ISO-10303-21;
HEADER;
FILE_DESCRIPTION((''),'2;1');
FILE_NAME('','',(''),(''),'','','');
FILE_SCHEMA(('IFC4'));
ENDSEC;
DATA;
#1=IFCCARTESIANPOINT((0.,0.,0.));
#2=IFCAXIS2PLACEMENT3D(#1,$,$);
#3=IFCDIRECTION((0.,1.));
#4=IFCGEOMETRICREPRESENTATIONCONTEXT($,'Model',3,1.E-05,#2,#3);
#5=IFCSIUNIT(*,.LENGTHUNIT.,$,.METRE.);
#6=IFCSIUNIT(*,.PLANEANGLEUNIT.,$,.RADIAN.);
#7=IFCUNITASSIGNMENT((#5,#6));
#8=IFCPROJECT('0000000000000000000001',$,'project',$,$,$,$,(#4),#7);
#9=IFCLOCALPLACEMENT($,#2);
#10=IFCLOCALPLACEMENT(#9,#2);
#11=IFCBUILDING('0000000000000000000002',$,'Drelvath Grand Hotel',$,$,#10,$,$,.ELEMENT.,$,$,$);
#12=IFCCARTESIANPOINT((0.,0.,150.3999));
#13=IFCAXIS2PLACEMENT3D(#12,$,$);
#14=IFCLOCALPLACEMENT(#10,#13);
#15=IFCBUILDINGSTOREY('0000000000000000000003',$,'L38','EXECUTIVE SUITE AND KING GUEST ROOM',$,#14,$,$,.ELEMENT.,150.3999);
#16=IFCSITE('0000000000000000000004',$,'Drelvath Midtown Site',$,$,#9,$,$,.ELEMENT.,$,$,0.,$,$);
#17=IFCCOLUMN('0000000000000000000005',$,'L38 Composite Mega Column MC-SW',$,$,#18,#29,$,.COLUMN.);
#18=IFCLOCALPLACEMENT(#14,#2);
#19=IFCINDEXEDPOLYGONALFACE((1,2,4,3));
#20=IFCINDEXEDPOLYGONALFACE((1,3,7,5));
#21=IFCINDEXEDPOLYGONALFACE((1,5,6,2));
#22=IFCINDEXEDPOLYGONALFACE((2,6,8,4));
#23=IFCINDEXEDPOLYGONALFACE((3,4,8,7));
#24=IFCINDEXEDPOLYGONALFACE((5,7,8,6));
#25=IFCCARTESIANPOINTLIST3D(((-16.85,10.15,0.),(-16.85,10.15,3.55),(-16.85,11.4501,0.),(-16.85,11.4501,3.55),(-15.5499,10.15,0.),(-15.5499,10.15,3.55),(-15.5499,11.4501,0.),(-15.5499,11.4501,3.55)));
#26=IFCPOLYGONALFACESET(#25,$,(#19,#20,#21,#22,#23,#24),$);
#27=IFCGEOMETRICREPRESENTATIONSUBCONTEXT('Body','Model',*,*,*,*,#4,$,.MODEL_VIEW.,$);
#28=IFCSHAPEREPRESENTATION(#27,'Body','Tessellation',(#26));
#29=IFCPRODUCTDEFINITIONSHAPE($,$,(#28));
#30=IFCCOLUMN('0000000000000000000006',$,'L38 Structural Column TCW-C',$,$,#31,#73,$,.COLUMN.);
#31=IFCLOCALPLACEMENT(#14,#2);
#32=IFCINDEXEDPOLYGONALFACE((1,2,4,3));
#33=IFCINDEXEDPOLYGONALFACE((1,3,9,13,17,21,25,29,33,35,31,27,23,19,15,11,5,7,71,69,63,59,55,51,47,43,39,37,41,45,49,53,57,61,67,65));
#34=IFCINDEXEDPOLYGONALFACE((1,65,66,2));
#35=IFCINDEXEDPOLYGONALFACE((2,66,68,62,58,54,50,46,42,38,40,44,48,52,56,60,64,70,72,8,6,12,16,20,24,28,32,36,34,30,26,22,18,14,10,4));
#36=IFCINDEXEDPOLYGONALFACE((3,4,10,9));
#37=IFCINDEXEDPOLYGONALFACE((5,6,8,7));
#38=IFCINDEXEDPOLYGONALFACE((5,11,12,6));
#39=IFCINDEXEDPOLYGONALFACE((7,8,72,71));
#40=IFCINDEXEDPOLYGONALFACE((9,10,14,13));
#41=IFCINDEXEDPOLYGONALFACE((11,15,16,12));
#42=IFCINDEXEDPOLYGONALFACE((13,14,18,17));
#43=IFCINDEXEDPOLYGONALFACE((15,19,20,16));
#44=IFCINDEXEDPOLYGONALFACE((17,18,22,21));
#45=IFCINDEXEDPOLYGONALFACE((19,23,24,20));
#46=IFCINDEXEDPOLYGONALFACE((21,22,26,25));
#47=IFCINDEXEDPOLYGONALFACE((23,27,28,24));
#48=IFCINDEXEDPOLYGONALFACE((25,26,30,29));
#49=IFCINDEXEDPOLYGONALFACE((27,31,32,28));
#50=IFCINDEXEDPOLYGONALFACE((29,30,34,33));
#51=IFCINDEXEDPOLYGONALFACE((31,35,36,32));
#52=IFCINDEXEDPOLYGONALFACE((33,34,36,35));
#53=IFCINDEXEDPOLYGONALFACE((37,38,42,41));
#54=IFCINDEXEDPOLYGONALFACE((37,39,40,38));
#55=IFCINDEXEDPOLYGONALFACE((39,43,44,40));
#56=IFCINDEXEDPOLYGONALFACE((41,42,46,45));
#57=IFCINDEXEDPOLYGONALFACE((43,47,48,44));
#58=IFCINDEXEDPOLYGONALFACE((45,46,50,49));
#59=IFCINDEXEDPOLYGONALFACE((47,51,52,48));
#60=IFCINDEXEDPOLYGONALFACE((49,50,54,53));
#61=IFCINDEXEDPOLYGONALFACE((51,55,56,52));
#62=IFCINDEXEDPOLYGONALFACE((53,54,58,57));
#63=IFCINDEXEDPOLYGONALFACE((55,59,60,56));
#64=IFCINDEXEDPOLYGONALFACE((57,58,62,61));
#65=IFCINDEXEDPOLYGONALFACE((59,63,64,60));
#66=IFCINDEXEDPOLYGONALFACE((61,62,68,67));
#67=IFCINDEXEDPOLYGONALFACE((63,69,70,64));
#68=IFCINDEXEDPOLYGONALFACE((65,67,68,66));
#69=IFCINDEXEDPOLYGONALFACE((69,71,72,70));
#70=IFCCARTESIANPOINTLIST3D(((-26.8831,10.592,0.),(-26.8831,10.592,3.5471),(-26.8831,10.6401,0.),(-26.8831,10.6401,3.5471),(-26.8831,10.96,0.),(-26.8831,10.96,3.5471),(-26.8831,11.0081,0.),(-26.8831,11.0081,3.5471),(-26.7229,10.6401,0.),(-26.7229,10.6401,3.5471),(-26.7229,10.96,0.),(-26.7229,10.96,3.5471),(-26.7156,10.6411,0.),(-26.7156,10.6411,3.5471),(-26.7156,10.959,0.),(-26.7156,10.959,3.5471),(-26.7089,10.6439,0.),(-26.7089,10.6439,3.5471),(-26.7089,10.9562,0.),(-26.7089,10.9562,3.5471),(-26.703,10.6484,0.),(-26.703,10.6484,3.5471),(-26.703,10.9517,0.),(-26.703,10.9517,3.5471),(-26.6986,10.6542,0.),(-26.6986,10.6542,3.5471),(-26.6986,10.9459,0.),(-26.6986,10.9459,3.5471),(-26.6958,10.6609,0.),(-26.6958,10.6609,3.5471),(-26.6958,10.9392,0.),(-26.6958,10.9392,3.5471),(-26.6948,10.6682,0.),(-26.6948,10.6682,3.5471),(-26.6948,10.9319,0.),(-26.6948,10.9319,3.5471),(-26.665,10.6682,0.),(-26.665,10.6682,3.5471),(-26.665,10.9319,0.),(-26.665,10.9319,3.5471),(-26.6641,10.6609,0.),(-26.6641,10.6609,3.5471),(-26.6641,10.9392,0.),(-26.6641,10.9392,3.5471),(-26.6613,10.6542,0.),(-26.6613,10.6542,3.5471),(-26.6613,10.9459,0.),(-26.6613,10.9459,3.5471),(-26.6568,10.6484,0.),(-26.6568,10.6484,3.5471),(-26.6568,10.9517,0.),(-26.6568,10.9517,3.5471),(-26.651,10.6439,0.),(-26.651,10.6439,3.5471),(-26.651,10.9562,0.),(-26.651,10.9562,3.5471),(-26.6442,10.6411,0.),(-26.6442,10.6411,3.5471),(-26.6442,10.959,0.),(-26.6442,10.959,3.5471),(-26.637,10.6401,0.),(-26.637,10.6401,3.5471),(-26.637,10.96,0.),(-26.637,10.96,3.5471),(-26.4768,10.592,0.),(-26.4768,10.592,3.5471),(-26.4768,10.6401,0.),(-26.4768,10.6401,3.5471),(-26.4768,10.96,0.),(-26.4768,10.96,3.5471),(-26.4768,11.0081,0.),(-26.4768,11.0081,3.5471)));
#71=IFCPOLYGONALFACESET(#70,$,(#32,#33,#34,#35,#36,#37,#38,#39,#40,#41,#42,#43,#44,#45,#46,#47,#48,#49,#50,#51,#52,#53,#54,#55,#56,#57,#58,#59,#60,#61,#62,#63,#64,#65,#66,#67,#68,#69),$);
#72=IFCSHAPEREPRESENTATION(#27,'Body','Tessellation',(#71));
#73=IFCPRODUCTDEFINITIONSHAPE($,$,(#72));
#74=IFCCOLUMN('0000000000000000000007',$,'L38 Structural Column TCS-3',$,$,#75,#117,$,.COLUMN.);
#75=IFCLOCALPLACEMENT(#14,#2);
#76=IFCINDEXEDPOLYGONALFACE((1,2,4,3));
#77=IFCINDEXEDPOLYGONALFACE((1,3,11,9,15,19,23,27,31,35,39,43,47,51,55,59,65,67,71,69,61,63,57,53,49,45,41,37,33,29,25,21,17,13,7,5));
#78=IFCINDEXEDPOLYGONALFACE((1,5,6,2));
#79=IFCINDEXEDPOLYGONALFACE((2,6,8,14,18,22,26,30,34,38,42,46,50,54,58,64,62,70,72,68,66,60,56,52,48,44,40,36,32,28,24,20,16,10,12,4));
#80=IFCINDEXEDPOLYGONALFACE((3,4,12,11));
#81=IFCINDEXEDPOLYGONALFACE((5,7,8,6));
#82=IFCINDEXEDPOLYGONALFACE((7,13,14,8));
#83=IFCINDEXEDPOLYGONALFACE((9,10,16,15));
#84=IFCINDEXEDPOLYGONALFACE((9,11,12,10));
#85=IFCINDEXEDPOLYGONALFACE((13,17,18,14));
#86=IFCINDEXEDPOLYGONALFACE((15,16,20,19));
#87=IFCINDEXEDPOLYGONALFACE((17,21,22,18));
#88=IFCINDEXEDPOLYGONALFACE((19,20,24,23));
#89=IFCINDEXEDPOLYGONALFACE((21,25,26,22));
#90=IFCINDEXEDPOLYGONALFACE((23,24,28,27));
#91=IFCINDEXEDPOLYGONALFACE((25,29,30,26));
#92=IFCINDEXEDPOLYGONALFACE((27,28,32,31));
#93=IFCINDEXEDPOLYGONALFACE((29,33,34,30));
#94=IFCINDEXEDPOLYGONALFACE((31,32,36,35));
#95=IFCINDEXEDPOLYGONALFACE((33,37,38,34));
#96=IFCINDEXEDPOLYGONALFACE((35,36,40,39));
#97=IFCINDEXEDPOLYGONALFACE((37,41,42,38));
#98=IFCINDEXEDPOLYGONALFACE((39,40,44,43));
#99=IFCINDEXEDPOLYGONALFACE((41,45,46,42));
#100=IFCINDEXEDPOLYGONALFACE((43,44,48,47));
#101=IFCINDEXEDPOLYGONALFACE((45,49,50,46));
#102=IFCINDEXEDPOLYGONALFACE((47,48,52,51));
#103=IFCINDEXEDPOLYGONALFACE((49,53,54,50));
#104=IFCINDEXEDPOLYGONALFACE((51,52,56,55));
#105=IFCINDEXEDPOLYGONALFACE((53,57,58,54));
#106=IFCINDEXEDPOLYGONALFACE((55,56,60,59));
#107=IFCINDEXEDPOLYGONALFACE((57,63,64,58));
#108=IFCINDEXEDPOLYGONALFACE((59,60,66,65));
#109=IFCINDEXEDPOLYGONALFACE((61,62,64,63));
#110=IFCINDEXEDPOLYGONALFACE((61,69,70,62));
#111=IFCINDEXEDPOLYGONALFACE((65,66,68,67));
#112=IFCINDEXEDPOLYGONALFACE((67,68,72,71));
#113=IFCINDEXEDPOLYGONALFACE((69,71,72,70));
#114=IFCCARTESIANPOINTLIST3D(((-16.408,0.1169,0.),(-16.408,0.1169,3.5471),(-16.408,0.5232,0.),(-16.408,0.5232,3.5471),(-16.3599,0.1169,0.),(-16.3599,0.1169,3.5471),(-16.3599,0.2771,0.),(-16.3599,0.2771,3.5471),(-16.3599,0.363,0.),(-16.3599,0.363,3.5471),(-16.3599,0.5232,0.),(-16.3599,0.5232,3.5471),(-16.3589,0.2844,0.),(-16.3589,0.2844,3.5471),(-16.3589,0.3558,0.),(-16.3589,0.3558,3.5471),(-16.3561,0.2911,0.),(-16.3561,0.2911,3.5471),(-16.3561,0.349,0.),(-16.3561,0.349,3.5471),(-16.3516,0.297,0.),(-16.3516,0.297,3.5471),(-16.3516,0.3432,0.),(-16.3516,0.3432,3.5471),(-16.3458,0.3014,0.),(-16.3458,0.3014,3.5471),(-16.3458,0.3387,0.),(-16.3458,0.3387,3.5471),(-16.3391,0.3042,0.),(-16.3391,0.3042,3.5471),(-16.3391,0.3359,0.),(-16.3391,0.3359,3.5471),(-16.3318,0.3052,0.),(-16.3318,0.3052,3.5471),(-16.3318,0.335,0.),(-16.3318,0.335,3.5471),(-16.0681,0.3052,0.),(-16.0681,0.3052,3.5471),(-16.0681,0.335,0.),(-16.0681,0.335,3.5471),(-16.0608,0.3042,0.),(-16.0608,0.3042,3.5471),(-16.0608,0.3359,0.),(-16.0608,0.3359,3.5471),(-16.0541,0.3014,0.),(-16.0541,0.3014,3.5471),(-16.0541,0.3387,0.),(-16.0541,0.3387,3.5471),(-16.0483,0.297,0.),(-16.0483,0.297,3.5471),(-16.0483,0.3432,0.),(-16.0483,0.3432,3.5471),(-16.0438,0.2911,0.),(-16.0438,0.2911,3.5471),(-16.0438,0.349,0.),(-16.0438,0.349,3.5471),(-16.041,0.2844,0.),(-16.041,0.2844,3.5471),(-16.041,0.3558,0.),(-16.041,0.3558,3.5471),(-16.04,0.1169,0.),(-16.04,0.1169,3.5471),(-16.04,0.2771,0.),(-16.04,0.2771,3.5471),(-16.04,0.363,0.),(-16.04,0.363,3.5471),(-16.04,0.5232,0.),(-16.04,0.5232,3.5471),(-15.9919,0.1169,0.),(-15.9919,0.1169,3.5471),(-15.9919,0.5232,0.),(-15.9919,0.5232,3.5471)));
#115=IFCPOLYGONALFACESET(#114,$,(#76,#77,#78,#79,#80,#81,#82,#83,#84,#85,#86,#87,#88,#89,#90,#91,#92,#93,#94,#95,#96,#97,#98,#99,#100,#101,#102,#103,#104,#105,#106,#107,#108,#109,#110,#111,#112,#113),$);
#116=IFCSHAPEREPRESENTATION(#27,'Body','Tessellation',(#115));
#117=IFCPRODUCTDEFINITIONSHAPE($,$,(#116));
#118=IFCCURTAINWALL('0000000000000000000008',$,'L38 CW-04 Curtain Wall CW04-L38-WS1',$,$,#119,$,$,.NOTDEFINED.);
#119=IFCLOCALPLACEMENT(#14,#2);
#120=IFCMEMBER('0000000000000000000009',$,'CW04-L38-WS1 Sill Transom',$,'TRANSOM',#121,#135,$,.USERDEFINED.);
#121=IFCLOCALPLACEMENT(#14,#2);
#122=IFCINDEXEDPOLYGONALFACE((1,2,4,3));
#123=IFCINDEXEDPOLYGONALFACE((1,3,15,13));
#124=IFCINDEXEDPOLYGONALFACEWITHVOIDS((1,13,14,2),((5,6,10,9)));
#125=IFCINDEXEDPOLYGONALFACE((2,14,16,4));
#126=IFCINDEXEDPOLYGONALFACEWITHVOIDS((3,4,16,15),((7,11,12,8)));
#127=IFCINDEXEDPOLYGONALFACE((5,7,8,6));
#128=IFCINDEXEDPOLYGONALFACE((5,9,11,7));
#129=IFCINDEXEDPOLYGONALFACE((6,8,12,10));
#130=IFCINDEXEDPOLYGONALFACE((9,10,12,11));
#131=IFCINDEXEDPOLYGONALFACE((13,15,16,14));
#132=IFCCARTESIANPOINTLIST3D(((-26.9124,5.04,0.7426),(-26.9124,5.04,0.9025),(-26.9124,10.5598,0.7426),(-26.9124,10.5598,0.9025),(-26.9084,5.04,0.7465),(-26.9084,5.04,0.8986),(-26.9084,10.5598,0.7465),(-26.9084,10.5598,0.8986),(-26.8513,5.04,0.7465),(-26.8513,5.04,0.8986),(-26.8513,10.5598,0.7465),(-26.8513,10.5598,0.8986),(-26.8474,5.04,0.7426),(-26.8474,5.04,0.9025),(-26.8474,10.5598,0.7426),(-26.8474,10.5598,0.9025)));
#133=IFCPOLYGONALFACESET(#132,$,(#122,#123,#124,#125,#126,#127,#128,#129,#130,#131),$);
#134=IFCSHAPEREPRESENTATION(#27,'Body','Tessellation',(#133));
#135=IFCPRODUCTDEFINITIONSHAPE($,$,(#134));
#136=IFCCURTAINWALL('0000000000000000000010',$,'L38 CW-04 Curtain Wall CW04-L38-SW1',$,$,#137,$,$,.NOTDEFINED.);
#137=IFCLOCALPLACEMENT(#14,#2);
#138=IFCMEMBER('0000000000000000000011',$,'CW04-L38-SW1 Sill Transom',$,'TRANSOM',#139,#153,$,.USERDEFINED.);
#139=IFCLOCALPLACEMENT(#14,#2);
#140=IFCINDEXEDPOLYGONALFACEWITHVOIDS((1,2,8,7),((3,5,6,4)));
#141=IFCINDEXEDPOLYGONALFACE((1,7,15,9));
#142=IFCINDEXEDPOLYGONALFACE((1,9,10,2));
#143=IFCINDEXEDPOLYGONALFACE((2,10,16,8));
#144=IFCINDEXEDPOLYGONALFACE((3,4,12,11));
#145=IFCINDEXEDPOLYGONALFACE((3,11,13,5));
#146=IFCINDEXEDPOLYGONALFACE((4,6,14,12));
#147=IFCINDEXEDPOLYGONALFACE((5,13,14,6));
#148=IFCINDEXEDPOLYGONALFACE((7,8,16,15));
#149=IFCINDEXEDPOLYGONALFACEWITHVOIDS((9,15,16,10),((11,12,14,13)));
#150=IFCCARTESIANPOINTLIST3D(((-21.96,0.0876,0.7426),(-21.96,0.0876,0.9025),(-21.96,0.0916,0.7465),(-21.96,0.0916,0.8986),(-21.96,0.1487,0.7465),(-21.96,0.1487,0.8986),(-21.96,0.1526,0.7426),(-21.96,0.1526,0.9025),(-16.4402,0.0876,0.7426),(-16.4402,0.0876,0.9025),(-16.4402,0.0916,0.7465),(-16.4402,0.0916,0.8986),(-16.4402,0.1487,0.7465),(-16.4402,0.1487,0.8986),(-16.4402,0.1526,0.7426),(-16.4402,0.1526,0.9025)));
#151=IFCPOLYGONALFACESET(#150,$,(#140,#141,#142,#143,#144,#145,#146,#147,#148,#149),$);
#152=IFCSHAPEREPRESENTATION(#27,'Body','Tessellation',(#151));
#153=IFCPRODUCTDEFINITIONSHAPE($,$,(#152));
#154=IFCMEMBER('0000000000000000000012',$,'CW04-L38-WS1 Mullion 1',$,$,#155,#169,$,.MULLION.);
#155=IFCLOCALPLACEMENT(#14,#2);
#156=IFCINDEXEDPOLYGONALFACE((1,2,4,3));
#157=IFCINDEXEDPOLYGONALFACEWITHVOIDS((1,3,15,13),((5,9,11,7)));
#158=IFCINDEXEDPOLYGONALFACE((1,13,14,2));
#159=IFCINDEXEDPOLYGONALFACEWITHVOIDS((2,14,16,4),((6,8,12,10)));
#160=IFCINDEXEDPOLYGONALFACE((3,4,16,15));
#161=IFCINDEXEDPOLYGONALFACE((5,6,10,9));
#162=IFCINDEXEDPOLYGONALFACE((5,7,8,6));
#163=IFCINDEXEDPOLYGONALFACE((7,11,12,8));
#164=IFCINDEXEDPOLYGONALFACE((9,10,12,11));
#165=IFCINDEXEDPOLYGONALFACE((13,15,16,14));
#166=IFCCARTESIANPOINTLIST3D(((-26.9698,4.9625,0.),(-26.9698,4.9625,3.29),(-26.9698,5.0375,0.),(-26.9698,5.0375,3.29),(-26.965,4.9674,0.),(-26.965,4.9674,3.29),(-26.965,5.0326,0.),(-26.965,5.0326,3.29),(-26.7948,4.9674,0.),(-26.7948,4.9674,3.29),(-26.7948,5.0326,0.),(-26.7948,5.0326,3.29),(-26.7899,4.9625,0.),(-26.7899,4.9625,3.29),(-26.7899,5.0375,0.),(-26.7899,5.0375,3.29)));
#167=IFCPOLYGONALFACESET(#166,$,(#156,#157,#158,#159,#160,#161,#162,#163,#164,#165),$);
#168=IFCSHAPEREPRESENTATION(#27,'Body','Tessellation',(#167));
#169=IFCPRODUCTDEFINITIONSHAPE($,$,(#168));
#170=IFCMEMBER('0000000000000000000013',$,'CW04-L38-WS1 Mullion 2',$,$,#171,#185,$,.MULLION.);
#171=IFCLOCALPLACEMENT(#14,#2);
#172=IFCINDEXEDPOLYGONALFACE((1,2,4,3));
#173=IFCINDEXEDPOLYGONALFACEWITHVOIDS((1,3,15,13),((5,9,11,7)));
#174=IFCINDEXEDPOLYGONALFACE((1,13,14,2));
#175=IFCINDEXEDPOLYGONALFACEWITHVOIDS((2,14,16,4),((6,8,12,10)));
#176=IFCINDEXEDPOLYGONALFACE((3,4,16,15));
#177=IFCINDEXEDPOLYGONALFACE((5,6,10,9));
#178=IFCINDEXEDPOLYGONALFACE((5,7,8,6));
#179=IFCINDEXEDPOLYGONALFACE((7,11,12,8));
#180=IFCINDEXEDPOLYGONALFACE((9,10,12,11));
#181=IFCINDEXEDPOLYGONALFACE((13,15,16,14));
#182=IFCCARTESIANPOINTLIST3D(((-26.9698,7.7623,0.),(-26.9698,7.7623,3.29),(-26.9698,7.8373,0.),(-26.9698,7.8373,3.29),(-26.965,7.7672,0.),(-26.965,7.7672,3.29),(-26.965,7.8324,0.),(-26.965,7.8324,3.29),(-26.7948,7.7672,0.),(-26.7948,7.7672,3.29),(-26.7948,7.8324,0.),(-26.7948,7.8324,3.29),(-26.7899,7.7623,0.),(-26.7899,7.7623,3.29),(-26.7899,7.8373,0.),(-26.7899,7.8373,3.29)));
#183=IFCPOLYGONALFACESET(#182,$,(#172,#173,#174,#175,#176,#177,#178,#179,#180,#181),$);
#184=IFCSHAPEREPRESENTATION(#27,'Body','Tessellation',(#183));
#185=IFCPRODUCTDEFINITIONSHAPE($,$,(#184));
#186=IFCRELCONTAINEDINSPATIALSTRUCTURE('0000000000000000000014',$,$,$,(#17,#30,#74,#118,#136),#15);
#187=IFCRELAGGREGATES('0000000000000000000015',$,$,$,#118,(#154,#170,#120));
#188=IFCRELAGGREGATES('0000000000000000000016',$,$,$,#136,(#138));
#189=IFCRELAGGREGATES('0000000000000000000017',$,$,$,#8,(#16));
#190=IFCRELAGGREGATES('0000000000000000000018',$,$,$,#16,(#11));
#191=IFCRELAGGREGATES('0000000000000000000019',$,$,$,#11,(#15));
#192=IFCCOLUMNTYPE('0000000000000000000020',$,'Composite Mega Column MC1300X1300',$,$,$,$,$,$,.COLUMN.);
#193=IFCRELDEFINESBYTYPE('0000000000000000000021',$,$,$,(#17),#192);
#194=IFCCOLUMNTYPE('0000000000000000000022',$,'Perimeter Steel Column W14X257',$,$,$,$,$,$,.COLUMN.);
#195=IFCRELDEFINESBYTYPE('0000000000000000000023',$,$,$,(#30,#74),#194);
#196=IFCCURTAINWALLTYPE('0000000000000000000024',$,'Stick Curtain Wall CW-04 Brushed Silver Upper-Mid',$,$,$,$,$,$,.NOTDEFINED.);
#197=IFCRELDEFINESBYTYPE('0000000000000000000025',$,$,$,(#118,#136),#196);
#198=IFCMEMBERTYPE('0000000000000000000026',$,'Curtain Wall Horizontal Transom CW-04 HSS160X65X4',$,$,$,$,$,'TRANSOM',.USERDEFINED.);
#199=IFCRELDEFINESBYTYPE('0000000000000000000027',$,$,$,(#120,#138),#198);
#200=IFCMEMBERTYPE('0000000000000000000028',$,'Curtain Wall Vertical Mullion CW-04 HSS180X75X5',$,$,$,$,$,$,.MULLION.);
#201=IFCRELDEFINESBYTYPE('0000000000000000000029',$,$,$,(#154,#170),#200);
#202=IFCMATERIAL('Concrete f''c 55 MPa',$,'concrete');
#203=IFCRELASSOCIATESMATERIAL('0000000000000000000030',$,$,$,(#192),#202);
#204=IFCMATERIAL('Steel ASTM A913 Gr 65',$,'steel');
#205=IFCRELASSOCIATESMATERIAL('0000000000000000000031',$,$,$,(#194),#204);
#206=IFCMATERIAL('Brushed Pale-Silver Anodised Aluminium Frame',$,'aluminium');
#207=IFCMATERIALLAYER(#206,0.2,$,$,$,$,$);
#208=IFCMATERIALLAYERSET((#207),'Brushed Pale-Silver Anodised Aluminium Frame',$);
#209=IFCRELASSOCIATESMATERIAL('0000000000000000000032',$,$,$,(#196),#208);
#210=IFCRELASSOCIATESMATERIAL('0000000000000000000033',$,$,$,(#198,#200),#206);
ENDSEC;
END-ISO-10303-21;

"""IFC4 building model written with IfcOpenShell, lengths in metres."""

from ifc_helpers import new_model, si_unit, direction, frame, origin, origin_2d, place, context, subcontext, project, spatial, rectangle, hollow_rectangle, i_section, extrude, material, layer, layer_set, material_profile, profile_set, type_object, element, aggregate, save


model = new_model("IFC4")

# Units and contexts
model_context = context("Model", 3, precision=1e-05, world=origin(), true_north=direction((0.0, 1.0)))
body_context = subcontext(model_context, "Body", "Model", "MODEL_VIEW")
ifc_project = project(units=[si_unit("LENGTHUNIT", "METRE"), si_unit("PLANEANGLEUNIT", "RADIAN")], contexts=[model_context])

# Site, building, storey
site_placement = place(None, origin())
site = spatial("IfcSite", under=ifc_project, at=site_placement, Name="Drelvath Midtown Site", CompositionType="ELEMENT", RefElevation=0.0)
building_placement = place(site_placement, origin())
building = spatial("IfcBuilding", under=site, at=building_placement, Name="Drelvath Grand Hotel", CompositionType="ELEMENT")
storey_placement = place(building_placement, frame((0.0, 0.0, 150.3999)))
storey = spatial("IfcBuildingStorey", under=building, at=storey_placement, Name="L38", Description="EXECUTIVE SUITE AND KING GUEST ROOM", CompositionType="ELEMENT", Elevation=150.3999)

# Columns
ifc_material_1 = material(Name="Concrete f'c 55 MPa", Category="concrete")
ifc_material_profile_1 = material_profile(ifc_material_1, rectangle(XDim=1.3, YDim=1.3, at=origin_2d()), Name="MC1300X1300")
ifc_profile_set_1 = profile_set([ifc_material_profile_1], Name="Concrete f'c 55 MPa")
column_type_1 = type_object("IfcColumnType", Name="Composite Mega Column MC1300X1300", PredefinedType="COLUMN", material=ifc_profile_set_1)
column_placement = place(storey_placement, frame((-16.2, 10.8, 0.0), z_axis=(0.0, 0.0, 1.0), x_axis=(1.0, 0.0, 0.0)))
element("IfcColumn", 1, at=column_placement, inside=storey, type_object=column_type_1, Name="L38 Composite Mega Column MC-SW", PredefinedType="COLUMN", context=body_context, shape_type="SweptSolid", body=[
    extrude(rectangle(XDim=1.3, YDim=1.3, at=origin_2d()), origin(), (0.0, 0.0, 1.0), 3.55),
])
ifc_material_2 = material(Name="Steel ASTM A913 Gr 65", Category="steel")
ifc_material_profile_2 = material_profile(ifc_material_2, i_section(OverallWidth=0.4062, OverallDepth=0.416, WebThickness=0.0298, FlangeThickness=0.0481, FilletRadius=0.0281, at=origin_2d()), Name="W14X257")
ifc_profile_set_2 = profile_set([ifc_material_profile_2], Name="Steel ASTM A913 Gr 65")
column_type_2 = type_object("IfcColumnType", Name="Perimeter Steel Column W14X257", PredefinedType="COLUMN", material=ifc_profile_set_2)
for number, where, z_axis, x_axis, name in (
    (2, (-26.6799, 10.8, 0.0), (0.0, 0.0, 1.0), (1.0, 0.0, 0.0), "L38 Structural Column TCW-C"),
    (3, (-16.2, 0.3201, 0.0), (0.0, 0.0, 1.0), (0.0, 1.0, 0.0), "L38 Structural Column TCS-3"),
):
    element("IfcColumn", number, at=place(storey_placement, frame(where, z_axis=z_axis, x_axis=x_axis)), inside=storey, type_object=column_type_2, Name=name, PredefinedType="COLUMN", context=body_context, shape_type="SweptSolid", body=[
        extrude(i_section(OverallWidth=0.4062, OverallDepth=0.416, WebThickness=0.0298, FlangeThickness=0.0481, FilletRadius=0.0281, at=origin_2d()), origin(), (0.0, 0.0, 1.0), 3.5471),
    ])

# Curtain walls, members
ifc_material_3 = material(Name="Brushed Pale-Silver Anodised Aluminium Frame", Category="aluminium")
ifc_layer_1 = layer(ifc_material_3, 0.2)
ifc_layer_set_1 = layer_set([ifc_layer_1], Name="Brushed Pale-Silver Anodised Aluminium Frame")
curtain_wall_type = type_object("IfcCurtainWallType", Name="Stick Curtain Wall CW-04 Brushed Silver Upper-Mid", PredefinedType="NOTDEFINED", material=ifc_layer_set_1)
curtain_wall_1_placement = place(storey_placement, origin())
curtain_wall_1 = element("IfcCurtainWall", 4, at=curtain_wall_1_placement, inside=storey, type_object=curtain_wall_type, Name="L38 CW-04 Curtain Wall CW04-L38-WS1", PredefinedType="NOTDEFINED")
ifc_material_profile_3 = material_profile(ifc_material_3, hollow_rectangle(XDim=0.0649, YDim=0.1599, WallThickness=0.0039, at=origin_2d()), Name="HSS160X65X4")
ifc_profile_set_3 = profile_set([ifc_material_profile_3], Name="Brushed Pale-Silver Anodised Aluminium Frame")
member_type_1 = type_object("IfcMemberType", Name="Curtain Wall Horizontal Transom CW-04 HSS160X65X4", ElementType="TRANSOM", PredefinedType="USERDEFINED", material=ifc_profile_set_3)
member_1_placement = place(storey_placement, frame((-26.8799, 5.04, 0.8225), z_axis=(0.0, 1.0, 0.0), x_axis=(-1.0, 0.0, 0.0)))
member_1 = element("IfcMember", 5, at=member_1_placement, type_object=member_type_1, Name="CW04-L38-WS1 Sill Transom", ObjectType="TRANSOM", PredefinedType="USERDEFINED", context=body_context, shape_type="SweptSolid", body=[
    extrude(hollow_rectangle(XDim=0.0649, YDim=0.1599, WallThickness=0.0039, at=origin_2d()), origin(), (0.0, 0.0, 1.0), 5.5198),
])
curtain_wall_2_placement = place(storey_placement, origin())
curtain_wall_2 = element("IfcCurtainWall", 6, at=curtain_wall_2_placement, inside=storey, type_object=curtain_wall_type, Name="L38 CW-04 Curtain Wall CW04-L38-SW1", PredefinedType="NOTDEFINED")
member_2_placement = place(storey_placement, frame((-16.4402, 0.1201, 0.8225), z_axis=(-1.0, 0.0, 0.0), x_axis=(0.0, -1.0, 0.0)))
member_2 = element("IfcMember", 7, at=member_2_placement, type_object=member_type_1, Name="CW04-L38-SW1 Sill Transom", ObjectType="TRANSOM", PredefinedType="USERDEFINED", context=body_context, shape_type="SweptSolid", body=[
    extrude(hollow_rectangle(XDim=0.0649, YDim=0.1599, WallThickness=0.0039, at=origin_2d()), origin(), (0.0, 0.0, 1.0), 5.5198),
])

# Members
ifc_material_profile_4 = material_profile(ifc_material_3, hollow_rectangle(XDim=0.075, YDim=0.1799, WallThickness=0.0049, at=origin_2d()), Name="HSS180X75X5")
ifc_profile_set_4 = profile_set([ifc_material_profile_4], Name="Brushed Pale-Silver Anodised Aluminium Frame")
member_type_2 = type_object("IfcMemberType", Name="Curtain Wall Vertical Mullion CW-04 HSS180X75X5", PredefinedType="MULLION", material=ifc_profile_set_4)
member_3_placement = place(storey_placement, frame((-26.8799, 5.0, 0.0), z_axis=(0.0, 0.0, 1.0), x_axis=(0.0, 1.0, 0.0)))
member_3 = element("IfcMember", 8, at=member_3_placement, type_object=member_type_2, Name="CW04-L38-WS1 Mullion 1", PredefinedType="MULLION", context=body_context, shape_type="SweptSolid", body=[
    extrude(hollow_rectangle(XDim=0.075, YDim=0.1799, WallThickness=0.0049, at=origin_2d()), origin(), (0.0, 0.0, 1.0), 3.29),
])
member_4_placement = place(storey_placement, frame((-26.8799, 7.7998, 0.0), z_axis=(0.0, 0.0, 1.0), x_axis=(0.0, 1.0, 0.0)))
member_4 = element("IfcMember", 9, at=member_4_placement, type_object=member_type_2, Name="CW04-L38-WS1 Mullion 2", PredefinedType="MULLION", context=body_context, shape_type="SweptSolid", body=[
    extrude(hollow_rectangle(XDim=0.075, YDim=0.1799, WallThickness=0.0049, at=origin_2d()), origin(), (0.0, 0.0, 1.0), 3.29),
])

aggregate(curtain_wall_1, [member_3, member_4, member_1])
aggregate(curtain_wall_2, [member_2])

save(model, "model.ifc")
